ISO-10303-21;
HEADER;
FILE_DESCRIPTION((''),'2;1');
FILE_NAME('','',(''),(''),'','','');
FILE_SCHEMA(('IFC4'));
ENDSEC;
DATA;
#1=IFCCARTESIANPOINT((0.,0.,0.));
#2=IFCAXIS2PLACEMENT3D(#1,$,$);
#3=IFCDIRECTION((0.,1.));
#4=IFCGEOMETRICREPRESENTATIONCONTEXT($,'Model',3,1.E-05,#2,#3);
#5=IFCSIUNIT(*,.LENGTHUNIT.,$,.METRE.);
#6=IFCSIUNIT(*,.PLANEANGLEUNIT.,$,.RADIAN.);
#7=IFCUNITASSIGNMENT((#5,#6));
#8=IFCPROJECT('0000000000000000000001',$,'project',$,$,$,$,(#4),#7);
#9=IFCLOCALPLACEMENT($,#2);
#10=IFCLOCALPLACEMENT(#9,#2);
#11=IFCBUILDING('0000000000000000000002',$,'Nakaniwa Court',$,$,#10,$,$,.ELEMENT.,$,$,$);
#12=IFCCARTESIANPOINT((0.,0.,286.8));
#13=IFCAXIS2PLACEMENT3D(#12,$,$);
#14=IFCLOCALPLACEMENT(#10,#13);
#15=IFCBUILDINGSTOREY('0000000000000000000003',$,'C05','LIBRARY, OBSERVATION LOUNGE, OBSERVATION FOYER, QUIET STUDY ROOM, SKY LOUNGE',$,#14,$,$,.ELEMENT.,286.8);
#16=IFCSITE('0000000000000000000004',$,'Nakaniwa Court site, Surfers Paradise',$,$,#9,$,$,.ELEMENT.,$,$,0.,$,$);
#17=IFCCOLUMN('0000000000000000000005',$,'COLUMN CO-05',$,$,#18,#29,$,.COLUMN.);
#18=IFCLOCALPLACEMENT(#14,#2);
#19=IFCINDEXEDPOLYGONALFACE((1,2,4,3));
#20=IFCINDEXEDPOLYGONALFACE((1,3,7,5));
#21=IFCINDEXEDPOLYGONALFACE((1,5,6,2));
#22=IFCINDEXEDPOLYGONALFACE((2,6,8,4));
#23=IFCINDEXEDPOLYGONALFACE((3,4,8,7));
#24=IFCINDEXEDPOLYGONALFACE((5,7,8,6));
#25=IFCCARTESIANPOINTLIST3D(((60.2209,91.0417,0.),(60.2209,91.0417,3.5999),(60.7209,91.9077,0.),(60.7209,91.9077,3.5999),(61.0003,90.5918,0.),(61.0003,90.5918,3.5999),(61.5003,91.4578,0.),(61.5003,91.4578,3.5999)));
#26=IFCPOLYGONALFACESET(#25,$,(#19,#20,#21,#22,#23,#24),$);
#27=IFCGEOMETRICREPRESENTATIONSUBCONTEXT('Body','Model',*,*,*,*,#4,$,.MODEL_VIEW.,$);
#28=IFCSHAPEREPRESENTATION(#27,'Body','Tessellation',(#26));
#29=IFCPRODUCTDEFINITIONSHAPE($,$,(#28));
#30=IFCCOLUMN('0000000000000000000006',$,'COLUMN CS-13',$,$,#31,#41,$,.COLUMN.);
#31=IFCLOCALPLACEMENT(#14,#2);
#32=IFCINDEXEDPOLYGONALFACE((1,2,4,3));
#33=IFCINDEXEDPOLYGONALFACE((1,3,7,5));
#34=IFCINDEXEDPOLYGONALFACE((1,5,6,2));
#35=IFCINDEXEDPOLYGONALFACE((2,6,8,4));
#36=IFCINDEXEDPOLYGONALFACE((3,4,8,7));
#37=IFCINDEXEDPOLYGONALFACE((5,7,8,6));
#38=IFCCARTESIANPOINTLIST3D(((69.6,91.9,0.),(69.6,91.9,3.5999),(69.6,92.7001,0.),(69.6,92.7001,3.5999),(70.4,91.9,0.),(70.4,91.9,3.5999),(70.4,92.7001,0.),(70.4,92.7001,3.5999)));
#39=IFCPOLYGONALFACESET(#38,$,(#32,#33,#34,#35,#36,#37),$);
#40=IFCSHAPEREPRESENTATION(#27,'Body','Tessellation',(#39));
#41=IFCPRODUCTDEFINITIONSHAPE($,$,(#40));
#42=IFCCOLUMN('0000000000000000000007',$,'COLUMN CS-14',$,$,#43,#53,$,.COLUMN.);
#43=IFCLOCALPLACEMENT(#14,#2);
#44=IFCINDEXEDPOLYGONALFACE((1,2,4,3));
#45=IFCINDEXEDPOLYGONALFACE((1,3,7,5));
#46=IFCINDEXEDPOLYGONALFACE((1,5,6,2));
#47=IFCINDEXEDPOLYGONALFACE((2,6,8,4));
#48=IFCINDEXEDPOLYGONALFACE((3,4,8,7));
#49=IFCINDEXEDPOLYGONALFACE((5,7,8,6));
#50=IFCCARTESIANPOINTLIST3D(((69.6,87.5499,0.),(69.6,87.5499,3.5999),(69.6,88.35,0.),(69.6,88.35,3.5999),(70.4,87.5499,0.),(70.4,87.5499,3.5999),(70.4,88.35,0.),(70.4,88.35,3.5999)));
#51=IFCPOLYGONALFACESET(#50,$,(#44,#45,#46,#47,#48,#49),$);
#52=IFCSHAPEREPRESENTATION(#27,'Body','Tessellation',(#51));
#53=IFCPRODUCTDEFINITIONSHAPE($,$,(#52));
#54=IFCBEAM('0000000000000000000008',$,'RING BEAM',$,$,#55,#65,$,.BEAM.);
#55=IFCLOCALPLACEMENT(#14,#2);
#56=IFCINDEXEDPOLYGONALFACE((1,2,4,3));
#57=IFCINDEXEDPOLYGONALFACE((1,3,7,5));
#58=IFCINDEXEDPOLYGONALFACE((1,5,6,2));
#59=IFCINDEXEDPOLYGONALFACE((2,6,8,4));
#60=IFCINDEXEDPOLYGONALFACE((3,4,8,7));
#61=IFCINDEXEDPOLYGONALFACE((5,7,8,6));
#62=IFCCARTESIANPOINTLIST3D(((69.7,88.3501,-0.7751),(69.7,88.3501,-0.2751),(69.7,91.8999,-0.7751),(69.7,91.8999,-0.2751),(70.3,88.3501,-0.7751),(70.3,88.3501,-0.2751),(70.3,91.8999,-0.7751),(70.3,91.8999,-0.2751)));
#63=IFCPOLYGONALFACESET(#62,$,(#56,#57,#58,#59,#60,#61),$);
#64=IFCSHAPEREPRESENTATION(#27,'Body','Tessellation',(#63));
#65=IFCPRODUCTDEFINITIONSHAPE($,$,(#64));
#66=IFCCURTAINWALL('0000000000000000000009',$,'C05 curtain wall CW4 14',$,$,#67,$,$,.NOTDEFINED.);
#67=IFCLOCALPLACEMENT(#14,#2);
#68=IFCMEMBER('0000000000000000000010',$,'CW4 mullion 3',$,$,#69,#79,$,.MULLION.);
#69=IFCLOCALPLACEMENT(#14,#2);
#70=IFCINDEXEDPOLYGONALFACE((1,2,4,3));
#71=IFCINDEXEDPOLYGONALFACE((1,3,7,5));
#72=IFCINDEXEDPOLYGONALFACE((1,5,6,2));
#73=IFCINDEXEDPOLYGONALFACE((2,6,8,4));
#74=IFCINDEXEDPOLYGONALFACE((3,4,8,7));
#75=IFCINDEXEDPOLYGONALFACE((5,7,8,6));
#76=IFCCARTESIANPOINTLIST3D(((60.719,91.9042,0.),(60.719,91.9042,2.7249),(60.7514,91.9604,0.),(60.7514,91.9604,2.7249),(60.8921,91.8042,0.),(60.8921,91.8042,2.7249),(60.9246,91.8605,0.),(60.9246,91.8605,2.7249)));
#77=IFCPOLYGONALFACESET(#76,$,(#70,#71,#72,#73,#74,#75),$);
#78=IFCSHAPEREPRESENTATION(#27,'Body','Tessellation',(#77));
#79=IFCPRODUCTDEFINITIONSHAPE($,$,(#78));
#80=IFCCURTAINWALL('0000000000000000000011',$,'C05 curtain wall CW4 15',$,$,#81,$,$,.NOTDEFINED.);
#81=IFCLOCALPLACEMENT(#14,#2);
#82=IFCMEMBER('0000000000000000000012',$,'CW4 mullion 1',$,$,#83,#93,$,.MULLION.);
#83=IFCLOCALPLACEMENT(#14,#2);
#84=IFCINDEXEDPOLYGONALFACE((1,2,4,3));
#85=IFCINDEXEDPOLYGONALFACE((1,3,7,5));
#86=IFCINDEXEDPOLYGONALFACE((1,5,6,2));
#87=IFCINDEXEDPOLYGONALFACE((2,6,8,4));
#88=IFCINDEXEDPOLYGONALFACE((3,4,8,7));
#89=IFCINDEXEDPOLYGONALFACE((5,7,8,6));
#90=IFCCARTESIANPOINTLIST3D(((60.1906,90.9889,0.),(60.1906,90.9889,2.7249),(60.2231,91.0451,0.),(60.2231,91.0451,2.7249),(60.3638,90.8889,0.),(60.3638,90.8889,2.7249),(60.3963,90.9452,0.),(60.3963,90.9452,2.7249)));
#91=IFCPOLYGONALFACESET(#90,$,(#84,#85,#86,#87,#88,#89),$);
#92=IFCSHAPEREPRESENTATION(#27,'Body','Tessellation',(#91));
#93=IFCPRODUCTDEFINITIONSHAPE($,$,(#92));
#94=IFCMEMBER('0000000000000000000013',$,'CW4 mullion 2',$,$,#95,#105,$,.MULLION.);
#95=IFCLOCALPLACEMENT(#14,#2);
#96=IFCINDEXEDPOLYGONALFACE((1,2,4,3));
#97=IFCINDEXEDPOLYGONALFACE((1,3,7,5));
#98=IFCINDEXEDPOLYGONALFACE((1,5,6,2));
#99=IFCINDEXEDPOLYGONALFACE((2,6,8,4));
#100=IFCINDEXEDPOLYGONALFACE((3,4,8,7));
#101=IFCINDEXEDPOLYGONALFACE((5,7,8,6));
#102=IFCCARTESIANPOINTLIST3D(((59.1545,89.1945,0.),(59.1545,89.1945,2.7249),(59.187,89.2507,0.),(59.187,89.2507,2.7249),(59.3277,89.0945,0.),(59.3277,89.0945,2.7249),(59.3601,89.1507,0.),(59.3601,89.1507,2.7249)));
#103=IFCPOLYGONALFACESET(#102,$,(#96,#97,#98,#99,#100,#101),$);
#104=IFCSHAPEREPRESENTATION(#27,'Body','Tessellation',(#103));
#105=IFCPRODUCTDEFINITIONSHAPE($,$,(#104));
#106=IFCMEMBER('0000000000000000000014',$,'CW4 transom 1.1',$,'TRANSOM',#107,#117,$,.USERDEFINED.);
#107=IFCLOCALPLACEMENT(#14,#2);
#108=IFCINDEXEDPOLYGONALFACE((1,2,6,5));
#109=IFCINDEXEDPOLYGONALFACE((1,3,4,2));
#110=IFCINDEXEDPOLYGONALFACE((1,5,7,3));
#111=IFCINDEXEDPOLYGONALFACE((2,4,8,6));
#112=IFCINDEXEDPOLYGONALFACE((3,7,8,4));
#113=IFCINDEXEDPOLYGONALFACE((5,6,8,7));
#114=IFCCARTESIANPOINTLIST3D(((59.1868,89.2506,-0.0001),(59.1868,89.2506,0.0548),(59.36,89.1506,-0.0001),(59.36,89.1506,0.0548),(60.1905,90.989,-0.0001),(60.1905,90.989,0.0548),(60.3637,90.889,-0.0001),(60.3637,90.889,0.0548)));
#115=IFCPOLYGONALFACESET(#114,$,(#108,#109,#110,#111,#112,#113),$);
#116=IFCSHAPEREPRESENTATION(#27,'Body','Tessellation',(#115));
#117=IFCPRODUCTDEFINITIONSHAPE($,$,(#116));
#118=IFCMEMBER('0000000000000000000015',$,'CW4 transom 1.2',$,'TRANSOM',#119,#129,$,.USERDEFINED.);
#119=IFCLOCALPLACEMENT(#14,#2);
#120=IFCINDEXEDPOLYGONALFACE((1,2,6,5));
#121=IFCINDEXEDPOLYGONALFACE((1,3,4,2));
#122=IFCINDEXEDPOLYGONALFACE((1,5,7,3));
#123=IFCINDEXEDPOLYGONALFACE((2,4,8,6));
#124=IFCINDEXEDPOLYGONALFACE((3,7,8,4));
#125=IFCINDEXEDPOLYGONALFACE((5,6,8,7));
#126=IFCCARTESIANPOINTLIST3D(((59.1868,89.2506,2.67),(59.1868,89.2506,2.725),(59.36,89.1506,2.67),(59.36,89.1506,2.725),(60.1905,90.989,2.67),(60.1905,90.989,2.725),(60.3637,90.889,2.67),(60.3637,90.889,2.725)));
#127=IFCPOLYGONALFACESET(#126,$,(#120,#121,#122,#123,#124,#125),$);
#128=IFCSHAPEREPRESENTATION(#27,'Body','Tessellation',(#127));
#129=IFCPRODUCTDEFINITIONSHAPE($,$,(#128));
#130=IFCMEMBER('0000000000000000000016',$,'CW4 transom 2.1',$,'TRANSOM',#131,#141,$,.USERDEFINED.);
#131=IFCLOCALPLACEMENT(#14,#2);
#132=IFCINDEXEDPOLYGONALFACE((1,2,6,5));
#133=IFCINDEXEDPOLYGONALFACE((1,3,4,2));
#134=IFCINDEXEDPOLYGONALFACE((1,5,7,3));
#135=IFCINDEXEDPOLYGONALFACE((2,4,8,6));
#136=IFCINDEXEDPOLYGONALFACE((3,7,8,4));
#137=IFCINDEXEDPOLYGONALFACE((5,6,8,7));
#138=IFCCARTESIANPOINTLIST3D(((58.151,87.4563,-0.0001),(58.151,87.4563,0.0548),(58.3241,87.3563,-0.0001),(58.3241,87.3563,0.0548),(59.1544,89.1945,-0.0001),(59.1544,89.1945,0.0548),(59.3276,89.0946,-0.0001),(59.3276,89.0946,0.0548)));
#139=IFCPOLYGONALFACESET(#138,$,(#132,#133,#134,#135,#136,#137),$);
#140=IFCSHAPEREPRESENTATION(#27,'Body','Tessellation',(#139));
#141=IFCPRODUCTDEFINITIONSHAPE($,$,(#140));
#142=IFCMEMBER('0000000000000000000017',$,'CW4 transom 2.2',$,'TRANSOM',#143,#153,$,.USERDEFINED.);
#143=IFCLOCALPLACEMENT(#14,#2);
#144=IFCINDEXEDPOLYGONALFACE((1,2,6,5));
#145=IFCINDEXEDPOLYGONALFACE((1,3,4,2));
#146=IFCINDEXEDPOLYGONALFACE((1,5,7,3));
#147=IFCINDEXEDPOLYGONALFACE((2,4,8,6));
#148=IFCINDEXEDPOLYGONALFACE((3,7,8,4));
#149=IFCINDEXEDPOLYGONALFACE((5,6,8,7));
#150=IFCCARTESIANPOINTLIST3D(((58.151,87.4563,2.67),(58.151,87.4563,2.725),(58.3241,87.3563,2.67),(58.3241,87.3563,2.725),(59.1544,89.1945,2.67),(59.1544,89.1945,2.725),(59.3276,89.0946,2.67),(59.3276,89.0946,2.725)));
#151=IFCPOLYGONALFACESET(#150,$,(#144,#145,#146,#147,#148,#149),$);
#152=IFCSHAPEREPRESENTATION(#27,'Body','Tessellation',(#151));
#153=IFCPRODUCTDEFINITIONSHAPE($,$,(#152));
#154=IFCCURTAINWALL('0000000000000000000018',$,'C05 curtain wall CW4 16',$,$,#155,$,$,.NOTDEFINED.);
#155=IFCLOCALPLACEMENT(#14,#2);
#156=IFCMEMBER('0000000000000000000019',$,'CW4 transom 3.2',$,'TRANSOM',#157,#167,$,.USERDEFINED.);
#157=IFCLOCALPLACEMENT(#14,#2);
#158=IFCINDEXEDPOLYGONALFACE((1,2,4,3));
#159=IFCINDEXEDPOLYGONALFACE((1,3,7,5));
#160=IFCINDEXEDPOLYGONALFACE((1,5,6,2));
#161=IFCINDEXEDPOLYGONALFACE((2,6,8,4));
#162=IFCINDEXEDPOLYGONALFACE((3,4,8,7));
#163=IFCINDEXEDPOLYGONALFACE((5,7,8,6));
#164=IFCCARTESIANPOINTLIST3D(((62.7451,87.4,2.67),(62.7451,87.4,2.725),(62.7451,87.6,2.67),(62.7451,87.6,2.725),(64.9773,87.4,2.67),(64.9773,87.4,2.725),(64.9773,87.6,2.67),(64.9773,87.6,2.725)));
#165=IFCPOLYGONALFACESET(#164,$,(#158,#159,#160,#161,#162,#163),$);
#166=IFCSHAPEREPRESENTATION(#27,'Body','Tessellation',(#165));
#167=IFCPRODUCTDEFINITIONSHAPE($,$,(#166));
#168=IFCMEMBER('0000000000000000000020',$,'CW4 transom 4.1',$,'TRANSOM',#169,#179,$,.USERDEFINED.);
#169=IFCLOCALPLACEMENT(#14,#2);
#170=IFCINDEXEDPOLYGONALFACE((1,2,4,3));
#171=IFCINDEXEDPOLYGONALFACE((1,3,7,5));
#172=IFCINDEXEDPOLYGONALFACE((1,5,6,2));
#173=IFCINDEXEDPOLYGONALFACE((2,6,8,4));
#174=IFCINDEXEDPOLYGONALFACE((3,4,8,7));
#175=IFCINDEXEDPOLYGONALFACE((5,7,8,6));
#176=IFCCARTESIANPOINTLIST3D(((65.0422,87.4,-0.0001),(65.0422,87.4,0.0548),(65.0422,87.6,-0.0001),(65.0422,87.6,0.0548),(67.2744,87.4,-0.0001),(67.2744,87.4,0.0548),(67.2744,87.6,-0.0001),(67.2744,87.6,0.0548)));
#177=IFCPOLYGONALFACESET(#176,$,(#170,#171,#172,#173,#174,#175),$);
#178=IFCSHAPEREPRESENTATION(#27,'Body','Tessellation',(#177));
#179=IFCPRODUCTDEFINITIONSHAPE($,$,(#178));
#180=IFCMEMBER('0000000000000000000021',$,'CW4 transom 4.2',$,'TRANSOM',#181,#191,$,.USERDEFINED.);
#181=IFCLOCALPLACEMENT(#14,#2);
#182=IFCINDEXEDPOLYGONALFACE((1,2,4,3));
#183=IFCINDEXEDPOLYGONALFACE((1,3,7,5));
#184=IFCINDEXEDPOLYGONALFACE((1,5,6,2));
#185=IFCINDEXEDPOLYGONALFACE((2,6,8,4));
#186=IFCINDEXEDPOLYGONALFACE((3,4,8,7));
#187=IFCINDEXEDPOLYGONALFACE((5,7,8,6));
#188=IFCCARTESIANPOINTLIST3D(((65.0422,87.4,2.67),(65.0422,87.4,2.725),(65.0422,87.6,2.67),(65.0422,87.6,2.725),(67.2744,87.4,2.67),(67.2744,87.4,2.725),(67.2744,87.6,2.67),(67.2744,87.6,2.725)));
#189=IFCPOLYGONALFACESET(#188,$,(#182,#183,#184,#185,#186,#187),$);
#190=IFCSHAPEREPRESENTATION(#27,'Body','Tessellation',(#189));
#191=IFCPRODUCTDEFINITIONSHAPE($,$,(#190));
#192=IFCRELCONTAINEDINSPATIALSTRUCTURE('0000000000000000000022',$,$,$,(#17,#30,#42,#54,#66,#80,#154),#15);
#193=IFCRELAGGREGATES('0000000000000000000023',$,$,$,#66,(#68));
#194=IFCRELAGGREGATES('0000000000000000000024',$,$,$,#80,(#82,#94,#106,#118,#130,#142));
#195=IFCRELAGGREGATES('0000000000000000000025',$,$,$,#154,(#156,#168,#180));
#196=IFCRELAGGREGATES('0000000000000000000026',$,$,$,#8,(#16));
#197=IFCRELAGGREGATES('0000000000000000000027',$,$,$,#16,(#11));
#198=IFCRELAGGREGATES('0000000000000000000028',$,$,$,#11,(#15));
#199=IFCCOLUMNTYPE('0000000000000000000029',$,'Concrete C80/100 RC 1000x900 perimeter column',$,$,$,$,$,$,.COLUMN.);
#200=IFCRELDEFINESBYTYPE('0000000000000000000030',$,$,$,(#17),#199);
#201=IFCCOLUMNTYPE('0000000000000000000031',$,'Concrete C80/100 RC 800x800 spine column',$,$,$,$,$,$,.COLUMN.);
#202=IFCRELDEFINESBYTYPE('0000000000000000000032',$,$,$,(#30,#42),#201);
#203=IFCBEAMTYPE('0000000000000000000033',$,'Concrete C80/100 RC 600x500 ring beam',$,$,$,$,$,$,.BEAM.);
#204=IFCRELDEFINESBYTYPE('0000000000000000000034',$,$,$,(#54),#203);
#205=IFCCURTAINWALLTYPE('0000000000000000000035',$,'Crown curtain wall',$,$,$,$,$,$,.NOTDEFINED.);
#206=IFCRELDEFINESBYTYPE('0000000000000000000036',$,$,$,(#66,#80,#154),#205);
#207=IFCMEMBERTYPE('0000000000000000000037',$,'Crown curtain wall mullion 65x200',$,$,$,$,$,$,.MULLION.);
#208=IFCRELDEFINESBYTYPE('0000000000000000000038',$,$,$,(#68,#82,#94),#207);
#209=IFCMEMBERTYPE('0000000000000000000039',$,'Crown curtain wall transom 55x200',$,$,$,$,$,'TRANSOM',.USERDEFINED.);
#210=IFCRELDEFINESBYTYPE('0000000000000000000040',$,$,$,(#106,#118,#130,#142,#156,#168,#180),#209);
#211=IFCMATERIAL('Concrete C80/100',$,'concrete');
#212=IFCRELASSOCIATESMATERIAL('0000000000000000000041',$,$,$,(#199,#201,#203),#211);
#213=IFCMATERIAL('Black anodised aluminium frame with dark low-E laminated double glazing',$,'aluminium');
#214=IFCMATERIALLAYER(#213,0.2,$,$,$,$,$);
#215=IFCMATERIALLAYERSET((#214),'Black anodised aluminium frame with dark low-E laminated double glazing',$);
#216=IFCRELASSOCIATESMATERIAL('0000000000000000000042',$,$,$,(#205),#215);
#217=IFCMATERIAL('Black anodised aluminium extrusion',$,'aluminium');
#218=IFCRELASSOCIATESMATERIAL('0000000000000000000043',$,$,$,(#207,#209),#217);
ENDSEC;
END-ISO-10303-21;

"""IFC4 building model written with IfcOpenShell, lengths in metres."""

from ifc_helpers import new_model, si_unit, direction, frame, origin, origin_2d, place, context, subcontext, project, spatial, rectangle, extrude, material, layer, layer_set, material_profile, profile_set, type_object, element, aggregate, save


model = new_model("IFC4")

# Units and contexts
model_context = context("Model", 3, precision=1e-05, world=origin(), true_north=direction((0.0, 1.0)))
body_context = subcontext(model_context, "Body", "Model", "MODEL_VIEW")
ifc_project = project(units=[si_unit("LENGTHUNIT", "METRE"), si_unit("PLANEANGLEUNIT", "RADIAN")], contexts=[model_context])

# Site, building, storey
site_placement = place(None, origin())
site = spatial("IfcSite", under=ifc_project, at=site_placement, Name="Nakaniwa Court site, Surfers Paradise", CompositionType="ELEMENT", RefElevation=0.0)
building_placement = place(site_placement, origin())
building = spatial("IfcBuilding", under=site, at=building_placement, Name="Nakaniwa Court", CompositionType="ELEMENT")
storey_placement = place(building_placement, frame((0.0, 0.0, 286.8)))
storey = spatial("IfcBuildingStorey", under=building, at=storey_placement, Name="C05", Description="LIBRARY, OBSERVATION LOUNGE, OBSERVATION FOYER, QUIET STUDY ROOM, SKY LOUNGE", CompositionType="ELEMENT", Elevation=286.8)

# Columns
ifc_material_1 = material(Name="Concrete C80/100", Category="concrete")
ifc_material_profile_1 = material_profile(ifc_material_1, rectangle(XDim=1.0, YDim=0.8999, at=origin_2d()), Name="Concrete C80/100 RC 1000x900 perimeter column")
ifc_profile_set_1 = profile_set([ifc_material_profile_1], Name="Concrete C80/100")
column_type_1 = type_object("IfcColumnType", Name="Concrete C80/100 RC 1000x900 perimeter column", PredefinedType="COLUMN", material=ifc_profile_set_1)
column_placement = place(storey_placement, frame((60.8606, 91.2498, 0.0), z_axis=(0.0, 0.0, 1.0), x_axis=(-0.5, -0.866025, 0.0)))
element("IfcColumn", 1, at=column_placement, inside=storey, type_object=column_type_1, Name="COLUMN CO-05", PredefinedType="COLUMN", context=body_context, shape_type="SweptSolid", body=[
    extrude(rectangle(XDim=1.0, YDim=0.8999, at=origin_2d()), origin(), (0.0, 0.0, 1.0), 3.5999),
])
ifc_material_profile_2 = material_profile(ifc_material_1, rectangle(XDim=0.8, YDim=0.8, at=origin_2d()), Name="Concrete C80/100 RC 800x800 spine column")
ifc_profile_set_2 = profile_set([ifc_material_profile_2], Name="Concrete C80/100")
column_type_2 = type_object("IfcColumnType", Name="Concrete C80/100 RC 800x800 spine column", PredefinedType="COLUMN", material=ifc_profile_set_2)
for number, where, z_axis, x_axis, name in (
    (2, (70.0, 92.3, 0.0), (0.0, 0.0, 1.0), (0.0, -1.0, 0.0), "COLUMN CS-13"),
    (3, (70.0, 87.95, 0.0), (0.0, 0.0, 1.0), (0.0, -1.0, 0.0), "COLUMN CS-14"),
):
    element("IfcColumn", number, at=place(storey_placement, frame(where, z_axis=z_axis, x_axis=x_axis)), inside=storey, type_object=column_type_2, Name=name, PredefinedType="COLUMN", context=body_context, shape_type="SweptSolid", body=[
        extrude(rectangle(XDim=0.8, YDim=0.8, at=origin_2d()), origin(), (0.0, 0.0, 1.0), 3.5999),
    ])

# Beam
ifc_material_profile_3 = material_profile(ifc_material_1, rectangle(XDim=0.6001, YDim=0.5, at=origin_2d()), Name="Concrete C80/100 RC 600x500 ring beam")
ifc_profile_set_3 = profile_set([ifc_material_profile_3], Name="Concrete C80/100")
beam_type = type_object("IfcBeamType", Name="Concrete C80/100 RC 600x500 ring beam", PredefinedType="BEAM", material=ifc_profile_set_3)
beam_placement = place(storey_placement, frame((70.0, 91.8999, -0.5251), z_axis=(0.0, -1.0, 0.0), x_axis=(1.0, 0.0, 0.0)))
element("IfcBeam", 4, at=beam_placement, inside=storey, type_object=beam_type, Name="RING BEAM", PredefinedType="BEAM", context=body_context, shape_type="SweptSolid", body=[
    extrude(rectangle(XDim=0.6001, YDim=0.5, at=origin_2d()), origin(), (0.0, 0.0, 1.0), 3.5498),
])

# Curtain wall, member
ifc_material_2 = material(Name="Black anodised aluminium frame with dark low-E laminated double glazing", Category="aluminium")
ifc_layer_1 = layer(ifc_material_2, 0.2)
ifc_layer_set_1 = layer_set([ifc_layer_1], Name="Black anodised aluminium frame with dark low-E laminated double glazing")
curtain_wall_type = type_object("IfcCurtainWallType", Name="Crown curtain wall", PredefinedType="NOTDEFINED", material=ifc_layer_set_1)
curtain_wall_1_placement = place(storey_placement, origin())
curtain_wall_1 = element("IfcCurtainWall", 5, at=curtain_wall_1_placement, inside=storey, type_object=curtain_wall_type, Name="C05 curtain wall CW4 14", PredefinedType="NOTDEFINED")
ifc_material_3 = material(Name="Black anodised aluminium extrusion", Category="aluminium")
ifc_material_profile_4 = material_profile(ifc_material_3, rectangle(XDim=0.2, YDim=0.0649, at=origin_2d()), Name="Crown curtain wall mullion 65x200")
ifc_profile_set_4 = profile_set([ifc_material_profile_4], Name="Black anodised aluminium extrusion")
member_type_1 = type_object("IfcMemberType", Name="Crown curtain wall mullion 65x200", PredefinedType="MULLION", material=ifc_profile_set_4)
member_1_placement = place(storey_placement, frame((60.8218, 91.8823, 0.0), z_axis=(0.0, 0.0, 1.0), x_axis=(0.866033, -0.499987, 0.0)))
member_1 = element("IfcMember", 6, at=member_1_placement, type_object=member_type_1, Name="CW4 mullion 3", PredefinedType="MULLION", context=body_context, shape_type="SweptSolid", body=[
    extrude(rectangle(XDim=0.2, YDim=0.0649, at=origin_2d()), origin(), (0.0, 0.0, 1.0), 2.7249),
])

# Curtain walls, members
curtain_wall_2_placement = place(storey_placement, origin())
curtain_wall_2 = element("IfcCurtainWall", 7, at=curtain_wall_2_placement, inside=storey, type_object=curtain_wall_type, Name="C05 curtain wall CW4 15", PredefinedType="NOTDEFINED")
member_2_placement = place(storey_placement, frame((60.2935, 90.967, 0.0), z_axis=(0.0, 0.0, 1.0), x_axis=(0.866021, -0.500008, 0.0)))
member_2 = element("IfcMember", 8, at=member_2_placement, type_object=member_type_1, Name="CW4 mullion 1", PredefinedType="MULLION", context=body_context, shape_type="SweptSolid", body=[
    extrude(rectangle(XDim=0.2, YDim=0.0649, at=origin_2d()), origin(), (0.0, 0.0, 1.0), 2.7249),
])
member_3_placement = place(storey_placement, frame((59.2573, 89.1726, 0.0), z_axis=(0.0, 0.0, 1.0), x_axis=(0.866021, -0.500008, 0.0)))
member_3 = element("IfcMember", 9, at=member_3_placement, type_object=member_type_1, Name="CW4 mullion 2", PredefinedType="MULLION", context=body_context, shape_type="SweptSolid", body=[
    extrude(rectangle(XDim=0.2, YDim=0.0649, at=origin_2d()), origin(), (0.0, 0.0, 1.0), 2.7249),
])
ifc_material_profile_5 = material_profile(ifc_material_3, rectangle(XDim=0.2, YDim=0.0549, at=origin_2d()), Name="Crown curtain wall transom 55x200")
ifc_profile_set_5 = profile_set([ifc_material_profile_5], Name="Black anodised aluminium extrusion")
member_type_2 = type_object("IfcMemberType", Name="Crown curtain wall transom 55x200", ElementType="TRANSOM", PredefinedType="USERDEFINED", material=ifc_profile_set_5)
member_4_placement = place(storey_placement, frame((60.2771, 90.939, 0.0273), z_axis=(-0.500024, -0.866011, 0.0), x_axis=(0.866011, -0.500024, 0.0)))
member_4 = element("IfcMember", 10, at=member_4_placement, type_object=member_type_2, Name="CW4 transom 1.1", ObjectType="TRANSOM", PredefinedType="USERDEFINED", context=body_context, shape_type="SweptSolid", body=[
    extrude(rectangle(XDim=0.2, YDim=0.0549, at=origin_2d()), origin(), (0.0, 0.0, 1.0), 2.0073),
])
member_5_placement = place(storey_placement, frame((60.2771, 90.939, 2.6975), z_axis=(-0.500024, -0.866011, 0.0), x_axis=(0.866011, -0.500024, 0.0)))
member_5 = element("IfcMember", 11, at=member_5_placement, type_object=member_type_2, Name="CW4 transom 1.2", ObjectType="TRANSOM", PredefinedType="USERDEFINED", context=body_context, shape_type="SweptSolid", body=[
    extrude(rectangle(XDim=0.2, YDim=0.0549, at=origin_2d()), origin(), (0.0, 0.0, 1.0), 2.0073),
])
member_6_placement = place(storey_placement, frame((59.241, 89.1445, 0.0273), z_axis=(-0.499933, -0.866064, 0.0), x_axis=(0.866064, -0.499933, 0.0)))
member_6 = element("IfcMember", 12, at=member_6_placement, type_object=member_type_2, Name="CW4 transom 2.1", ObjectType="TRANSOM", PredefinedType="USERDEFINED", context=body_context, shape_type="SweptSolid", body=[
    extrude(rectangle(XDim=0.2, YDim=0.0549, at=origin_2d()), origin(), (0.0, 0.0, 1.0), 2.0071),
])
member_7_placement = place(storey_placement, frame((59.241, 89.1445, 2.6975), z_axis=(-0.499933, -0.866064, 0.0), x_axis=(0.866064, -0.499933, 0.0)))
member_7 = element("IfcMember", 13, at=member_7_placement, type_object=member_type_2, Name="CW4 transom 2.2", ObjectType="TRANSOM", PredefinedType="USERDEFINED", context=body_context, shape_type="SweptSolid", body=[
    extrude(rectangle(XDim=0.2, YDim=0.0549, at=origin_2d()), origin(), (0.0, 0.0, 1.0), 2.0071),
])
curtain_wall_3_placement = place(storey_placement, origin())
curtain_wall_3 = element("IfcCurtainWall", 14, at=curtain_wall_3_placement, inside=storey, type_object=curtain_wall_type, Name="C05 curtain wall CW4 16", PredefinedType="NOTDEFINED")
member_8_placement = place(storey_placement, frame((62.7451, 87.5, 2.6975), z_axis=(1.0, 0.0, 0.0), x_axis=(0.0, 1.0, 0.0)))
member_8 = element("IfcMember", 15, at=member_8_placement, type_object=member_type_2, Name="CW4 transom 3.2", ObjectType="TRANSOM", PredefinedType="USERDEFINED", context=body_context, shape_type="SweptSolid", body=[
    extrude(rectangle(XDim=0.2, YDim=0.0549, at=origin_2d()), origin(), (0.0, 0.0, 1.0), 2.2322),
])
member_9_placement = place(storey_placement, frame((65.0422, 87.5, 0.0273), z_axis=(1.0, 0.0, 0.0), x_axis=(0.0, 1.0, 0.0)))
member_9 = element("IfcMember", 16, at=member_9_placement, type_object=member_type_2, Name="CW4 transom 4.1", ObjectType="TRANSOM", PredefinedType="USERDEFINED", context=body_context, shape_type="SweptSolid", body=[
    extrude(rectangle(XDim=0.2, YDim=0.0549, at=origin_2d()), origin(), (0.0, 0.0, 1.0), 2.2322),
])
member_10_placement = place(storey_placement, frame((65.0422, 87.5, 2.6975), z_axis=(1.0, 0.0, 0.0), x_axis=(0.0, 1.0, 0.0)))
member_10 = element("IfcMember", 17, at=member_10_placement, type_object=member_type_2, Name="CW4 transom 4.2", ObjectType="TRANSOM", PredefinedType="USERDEFINED", context=body_context, shape_type="SweptSolid", body=[
    extrude(rectangle(XDim=0.2, YDim=0.0549, at=origin_2d()), origin(), (0.0, 0.0, 1.0), 2.2322),
])

aggregate(curtain_wall_1, [member_1])
aggregate(curtain_wall_2, [member_2, member_3, member_4, member_5, member_6, member_7])
aggregate(curtain_wall_3, [member_8, member_9, member_10])

save(model, "model.ifc")
